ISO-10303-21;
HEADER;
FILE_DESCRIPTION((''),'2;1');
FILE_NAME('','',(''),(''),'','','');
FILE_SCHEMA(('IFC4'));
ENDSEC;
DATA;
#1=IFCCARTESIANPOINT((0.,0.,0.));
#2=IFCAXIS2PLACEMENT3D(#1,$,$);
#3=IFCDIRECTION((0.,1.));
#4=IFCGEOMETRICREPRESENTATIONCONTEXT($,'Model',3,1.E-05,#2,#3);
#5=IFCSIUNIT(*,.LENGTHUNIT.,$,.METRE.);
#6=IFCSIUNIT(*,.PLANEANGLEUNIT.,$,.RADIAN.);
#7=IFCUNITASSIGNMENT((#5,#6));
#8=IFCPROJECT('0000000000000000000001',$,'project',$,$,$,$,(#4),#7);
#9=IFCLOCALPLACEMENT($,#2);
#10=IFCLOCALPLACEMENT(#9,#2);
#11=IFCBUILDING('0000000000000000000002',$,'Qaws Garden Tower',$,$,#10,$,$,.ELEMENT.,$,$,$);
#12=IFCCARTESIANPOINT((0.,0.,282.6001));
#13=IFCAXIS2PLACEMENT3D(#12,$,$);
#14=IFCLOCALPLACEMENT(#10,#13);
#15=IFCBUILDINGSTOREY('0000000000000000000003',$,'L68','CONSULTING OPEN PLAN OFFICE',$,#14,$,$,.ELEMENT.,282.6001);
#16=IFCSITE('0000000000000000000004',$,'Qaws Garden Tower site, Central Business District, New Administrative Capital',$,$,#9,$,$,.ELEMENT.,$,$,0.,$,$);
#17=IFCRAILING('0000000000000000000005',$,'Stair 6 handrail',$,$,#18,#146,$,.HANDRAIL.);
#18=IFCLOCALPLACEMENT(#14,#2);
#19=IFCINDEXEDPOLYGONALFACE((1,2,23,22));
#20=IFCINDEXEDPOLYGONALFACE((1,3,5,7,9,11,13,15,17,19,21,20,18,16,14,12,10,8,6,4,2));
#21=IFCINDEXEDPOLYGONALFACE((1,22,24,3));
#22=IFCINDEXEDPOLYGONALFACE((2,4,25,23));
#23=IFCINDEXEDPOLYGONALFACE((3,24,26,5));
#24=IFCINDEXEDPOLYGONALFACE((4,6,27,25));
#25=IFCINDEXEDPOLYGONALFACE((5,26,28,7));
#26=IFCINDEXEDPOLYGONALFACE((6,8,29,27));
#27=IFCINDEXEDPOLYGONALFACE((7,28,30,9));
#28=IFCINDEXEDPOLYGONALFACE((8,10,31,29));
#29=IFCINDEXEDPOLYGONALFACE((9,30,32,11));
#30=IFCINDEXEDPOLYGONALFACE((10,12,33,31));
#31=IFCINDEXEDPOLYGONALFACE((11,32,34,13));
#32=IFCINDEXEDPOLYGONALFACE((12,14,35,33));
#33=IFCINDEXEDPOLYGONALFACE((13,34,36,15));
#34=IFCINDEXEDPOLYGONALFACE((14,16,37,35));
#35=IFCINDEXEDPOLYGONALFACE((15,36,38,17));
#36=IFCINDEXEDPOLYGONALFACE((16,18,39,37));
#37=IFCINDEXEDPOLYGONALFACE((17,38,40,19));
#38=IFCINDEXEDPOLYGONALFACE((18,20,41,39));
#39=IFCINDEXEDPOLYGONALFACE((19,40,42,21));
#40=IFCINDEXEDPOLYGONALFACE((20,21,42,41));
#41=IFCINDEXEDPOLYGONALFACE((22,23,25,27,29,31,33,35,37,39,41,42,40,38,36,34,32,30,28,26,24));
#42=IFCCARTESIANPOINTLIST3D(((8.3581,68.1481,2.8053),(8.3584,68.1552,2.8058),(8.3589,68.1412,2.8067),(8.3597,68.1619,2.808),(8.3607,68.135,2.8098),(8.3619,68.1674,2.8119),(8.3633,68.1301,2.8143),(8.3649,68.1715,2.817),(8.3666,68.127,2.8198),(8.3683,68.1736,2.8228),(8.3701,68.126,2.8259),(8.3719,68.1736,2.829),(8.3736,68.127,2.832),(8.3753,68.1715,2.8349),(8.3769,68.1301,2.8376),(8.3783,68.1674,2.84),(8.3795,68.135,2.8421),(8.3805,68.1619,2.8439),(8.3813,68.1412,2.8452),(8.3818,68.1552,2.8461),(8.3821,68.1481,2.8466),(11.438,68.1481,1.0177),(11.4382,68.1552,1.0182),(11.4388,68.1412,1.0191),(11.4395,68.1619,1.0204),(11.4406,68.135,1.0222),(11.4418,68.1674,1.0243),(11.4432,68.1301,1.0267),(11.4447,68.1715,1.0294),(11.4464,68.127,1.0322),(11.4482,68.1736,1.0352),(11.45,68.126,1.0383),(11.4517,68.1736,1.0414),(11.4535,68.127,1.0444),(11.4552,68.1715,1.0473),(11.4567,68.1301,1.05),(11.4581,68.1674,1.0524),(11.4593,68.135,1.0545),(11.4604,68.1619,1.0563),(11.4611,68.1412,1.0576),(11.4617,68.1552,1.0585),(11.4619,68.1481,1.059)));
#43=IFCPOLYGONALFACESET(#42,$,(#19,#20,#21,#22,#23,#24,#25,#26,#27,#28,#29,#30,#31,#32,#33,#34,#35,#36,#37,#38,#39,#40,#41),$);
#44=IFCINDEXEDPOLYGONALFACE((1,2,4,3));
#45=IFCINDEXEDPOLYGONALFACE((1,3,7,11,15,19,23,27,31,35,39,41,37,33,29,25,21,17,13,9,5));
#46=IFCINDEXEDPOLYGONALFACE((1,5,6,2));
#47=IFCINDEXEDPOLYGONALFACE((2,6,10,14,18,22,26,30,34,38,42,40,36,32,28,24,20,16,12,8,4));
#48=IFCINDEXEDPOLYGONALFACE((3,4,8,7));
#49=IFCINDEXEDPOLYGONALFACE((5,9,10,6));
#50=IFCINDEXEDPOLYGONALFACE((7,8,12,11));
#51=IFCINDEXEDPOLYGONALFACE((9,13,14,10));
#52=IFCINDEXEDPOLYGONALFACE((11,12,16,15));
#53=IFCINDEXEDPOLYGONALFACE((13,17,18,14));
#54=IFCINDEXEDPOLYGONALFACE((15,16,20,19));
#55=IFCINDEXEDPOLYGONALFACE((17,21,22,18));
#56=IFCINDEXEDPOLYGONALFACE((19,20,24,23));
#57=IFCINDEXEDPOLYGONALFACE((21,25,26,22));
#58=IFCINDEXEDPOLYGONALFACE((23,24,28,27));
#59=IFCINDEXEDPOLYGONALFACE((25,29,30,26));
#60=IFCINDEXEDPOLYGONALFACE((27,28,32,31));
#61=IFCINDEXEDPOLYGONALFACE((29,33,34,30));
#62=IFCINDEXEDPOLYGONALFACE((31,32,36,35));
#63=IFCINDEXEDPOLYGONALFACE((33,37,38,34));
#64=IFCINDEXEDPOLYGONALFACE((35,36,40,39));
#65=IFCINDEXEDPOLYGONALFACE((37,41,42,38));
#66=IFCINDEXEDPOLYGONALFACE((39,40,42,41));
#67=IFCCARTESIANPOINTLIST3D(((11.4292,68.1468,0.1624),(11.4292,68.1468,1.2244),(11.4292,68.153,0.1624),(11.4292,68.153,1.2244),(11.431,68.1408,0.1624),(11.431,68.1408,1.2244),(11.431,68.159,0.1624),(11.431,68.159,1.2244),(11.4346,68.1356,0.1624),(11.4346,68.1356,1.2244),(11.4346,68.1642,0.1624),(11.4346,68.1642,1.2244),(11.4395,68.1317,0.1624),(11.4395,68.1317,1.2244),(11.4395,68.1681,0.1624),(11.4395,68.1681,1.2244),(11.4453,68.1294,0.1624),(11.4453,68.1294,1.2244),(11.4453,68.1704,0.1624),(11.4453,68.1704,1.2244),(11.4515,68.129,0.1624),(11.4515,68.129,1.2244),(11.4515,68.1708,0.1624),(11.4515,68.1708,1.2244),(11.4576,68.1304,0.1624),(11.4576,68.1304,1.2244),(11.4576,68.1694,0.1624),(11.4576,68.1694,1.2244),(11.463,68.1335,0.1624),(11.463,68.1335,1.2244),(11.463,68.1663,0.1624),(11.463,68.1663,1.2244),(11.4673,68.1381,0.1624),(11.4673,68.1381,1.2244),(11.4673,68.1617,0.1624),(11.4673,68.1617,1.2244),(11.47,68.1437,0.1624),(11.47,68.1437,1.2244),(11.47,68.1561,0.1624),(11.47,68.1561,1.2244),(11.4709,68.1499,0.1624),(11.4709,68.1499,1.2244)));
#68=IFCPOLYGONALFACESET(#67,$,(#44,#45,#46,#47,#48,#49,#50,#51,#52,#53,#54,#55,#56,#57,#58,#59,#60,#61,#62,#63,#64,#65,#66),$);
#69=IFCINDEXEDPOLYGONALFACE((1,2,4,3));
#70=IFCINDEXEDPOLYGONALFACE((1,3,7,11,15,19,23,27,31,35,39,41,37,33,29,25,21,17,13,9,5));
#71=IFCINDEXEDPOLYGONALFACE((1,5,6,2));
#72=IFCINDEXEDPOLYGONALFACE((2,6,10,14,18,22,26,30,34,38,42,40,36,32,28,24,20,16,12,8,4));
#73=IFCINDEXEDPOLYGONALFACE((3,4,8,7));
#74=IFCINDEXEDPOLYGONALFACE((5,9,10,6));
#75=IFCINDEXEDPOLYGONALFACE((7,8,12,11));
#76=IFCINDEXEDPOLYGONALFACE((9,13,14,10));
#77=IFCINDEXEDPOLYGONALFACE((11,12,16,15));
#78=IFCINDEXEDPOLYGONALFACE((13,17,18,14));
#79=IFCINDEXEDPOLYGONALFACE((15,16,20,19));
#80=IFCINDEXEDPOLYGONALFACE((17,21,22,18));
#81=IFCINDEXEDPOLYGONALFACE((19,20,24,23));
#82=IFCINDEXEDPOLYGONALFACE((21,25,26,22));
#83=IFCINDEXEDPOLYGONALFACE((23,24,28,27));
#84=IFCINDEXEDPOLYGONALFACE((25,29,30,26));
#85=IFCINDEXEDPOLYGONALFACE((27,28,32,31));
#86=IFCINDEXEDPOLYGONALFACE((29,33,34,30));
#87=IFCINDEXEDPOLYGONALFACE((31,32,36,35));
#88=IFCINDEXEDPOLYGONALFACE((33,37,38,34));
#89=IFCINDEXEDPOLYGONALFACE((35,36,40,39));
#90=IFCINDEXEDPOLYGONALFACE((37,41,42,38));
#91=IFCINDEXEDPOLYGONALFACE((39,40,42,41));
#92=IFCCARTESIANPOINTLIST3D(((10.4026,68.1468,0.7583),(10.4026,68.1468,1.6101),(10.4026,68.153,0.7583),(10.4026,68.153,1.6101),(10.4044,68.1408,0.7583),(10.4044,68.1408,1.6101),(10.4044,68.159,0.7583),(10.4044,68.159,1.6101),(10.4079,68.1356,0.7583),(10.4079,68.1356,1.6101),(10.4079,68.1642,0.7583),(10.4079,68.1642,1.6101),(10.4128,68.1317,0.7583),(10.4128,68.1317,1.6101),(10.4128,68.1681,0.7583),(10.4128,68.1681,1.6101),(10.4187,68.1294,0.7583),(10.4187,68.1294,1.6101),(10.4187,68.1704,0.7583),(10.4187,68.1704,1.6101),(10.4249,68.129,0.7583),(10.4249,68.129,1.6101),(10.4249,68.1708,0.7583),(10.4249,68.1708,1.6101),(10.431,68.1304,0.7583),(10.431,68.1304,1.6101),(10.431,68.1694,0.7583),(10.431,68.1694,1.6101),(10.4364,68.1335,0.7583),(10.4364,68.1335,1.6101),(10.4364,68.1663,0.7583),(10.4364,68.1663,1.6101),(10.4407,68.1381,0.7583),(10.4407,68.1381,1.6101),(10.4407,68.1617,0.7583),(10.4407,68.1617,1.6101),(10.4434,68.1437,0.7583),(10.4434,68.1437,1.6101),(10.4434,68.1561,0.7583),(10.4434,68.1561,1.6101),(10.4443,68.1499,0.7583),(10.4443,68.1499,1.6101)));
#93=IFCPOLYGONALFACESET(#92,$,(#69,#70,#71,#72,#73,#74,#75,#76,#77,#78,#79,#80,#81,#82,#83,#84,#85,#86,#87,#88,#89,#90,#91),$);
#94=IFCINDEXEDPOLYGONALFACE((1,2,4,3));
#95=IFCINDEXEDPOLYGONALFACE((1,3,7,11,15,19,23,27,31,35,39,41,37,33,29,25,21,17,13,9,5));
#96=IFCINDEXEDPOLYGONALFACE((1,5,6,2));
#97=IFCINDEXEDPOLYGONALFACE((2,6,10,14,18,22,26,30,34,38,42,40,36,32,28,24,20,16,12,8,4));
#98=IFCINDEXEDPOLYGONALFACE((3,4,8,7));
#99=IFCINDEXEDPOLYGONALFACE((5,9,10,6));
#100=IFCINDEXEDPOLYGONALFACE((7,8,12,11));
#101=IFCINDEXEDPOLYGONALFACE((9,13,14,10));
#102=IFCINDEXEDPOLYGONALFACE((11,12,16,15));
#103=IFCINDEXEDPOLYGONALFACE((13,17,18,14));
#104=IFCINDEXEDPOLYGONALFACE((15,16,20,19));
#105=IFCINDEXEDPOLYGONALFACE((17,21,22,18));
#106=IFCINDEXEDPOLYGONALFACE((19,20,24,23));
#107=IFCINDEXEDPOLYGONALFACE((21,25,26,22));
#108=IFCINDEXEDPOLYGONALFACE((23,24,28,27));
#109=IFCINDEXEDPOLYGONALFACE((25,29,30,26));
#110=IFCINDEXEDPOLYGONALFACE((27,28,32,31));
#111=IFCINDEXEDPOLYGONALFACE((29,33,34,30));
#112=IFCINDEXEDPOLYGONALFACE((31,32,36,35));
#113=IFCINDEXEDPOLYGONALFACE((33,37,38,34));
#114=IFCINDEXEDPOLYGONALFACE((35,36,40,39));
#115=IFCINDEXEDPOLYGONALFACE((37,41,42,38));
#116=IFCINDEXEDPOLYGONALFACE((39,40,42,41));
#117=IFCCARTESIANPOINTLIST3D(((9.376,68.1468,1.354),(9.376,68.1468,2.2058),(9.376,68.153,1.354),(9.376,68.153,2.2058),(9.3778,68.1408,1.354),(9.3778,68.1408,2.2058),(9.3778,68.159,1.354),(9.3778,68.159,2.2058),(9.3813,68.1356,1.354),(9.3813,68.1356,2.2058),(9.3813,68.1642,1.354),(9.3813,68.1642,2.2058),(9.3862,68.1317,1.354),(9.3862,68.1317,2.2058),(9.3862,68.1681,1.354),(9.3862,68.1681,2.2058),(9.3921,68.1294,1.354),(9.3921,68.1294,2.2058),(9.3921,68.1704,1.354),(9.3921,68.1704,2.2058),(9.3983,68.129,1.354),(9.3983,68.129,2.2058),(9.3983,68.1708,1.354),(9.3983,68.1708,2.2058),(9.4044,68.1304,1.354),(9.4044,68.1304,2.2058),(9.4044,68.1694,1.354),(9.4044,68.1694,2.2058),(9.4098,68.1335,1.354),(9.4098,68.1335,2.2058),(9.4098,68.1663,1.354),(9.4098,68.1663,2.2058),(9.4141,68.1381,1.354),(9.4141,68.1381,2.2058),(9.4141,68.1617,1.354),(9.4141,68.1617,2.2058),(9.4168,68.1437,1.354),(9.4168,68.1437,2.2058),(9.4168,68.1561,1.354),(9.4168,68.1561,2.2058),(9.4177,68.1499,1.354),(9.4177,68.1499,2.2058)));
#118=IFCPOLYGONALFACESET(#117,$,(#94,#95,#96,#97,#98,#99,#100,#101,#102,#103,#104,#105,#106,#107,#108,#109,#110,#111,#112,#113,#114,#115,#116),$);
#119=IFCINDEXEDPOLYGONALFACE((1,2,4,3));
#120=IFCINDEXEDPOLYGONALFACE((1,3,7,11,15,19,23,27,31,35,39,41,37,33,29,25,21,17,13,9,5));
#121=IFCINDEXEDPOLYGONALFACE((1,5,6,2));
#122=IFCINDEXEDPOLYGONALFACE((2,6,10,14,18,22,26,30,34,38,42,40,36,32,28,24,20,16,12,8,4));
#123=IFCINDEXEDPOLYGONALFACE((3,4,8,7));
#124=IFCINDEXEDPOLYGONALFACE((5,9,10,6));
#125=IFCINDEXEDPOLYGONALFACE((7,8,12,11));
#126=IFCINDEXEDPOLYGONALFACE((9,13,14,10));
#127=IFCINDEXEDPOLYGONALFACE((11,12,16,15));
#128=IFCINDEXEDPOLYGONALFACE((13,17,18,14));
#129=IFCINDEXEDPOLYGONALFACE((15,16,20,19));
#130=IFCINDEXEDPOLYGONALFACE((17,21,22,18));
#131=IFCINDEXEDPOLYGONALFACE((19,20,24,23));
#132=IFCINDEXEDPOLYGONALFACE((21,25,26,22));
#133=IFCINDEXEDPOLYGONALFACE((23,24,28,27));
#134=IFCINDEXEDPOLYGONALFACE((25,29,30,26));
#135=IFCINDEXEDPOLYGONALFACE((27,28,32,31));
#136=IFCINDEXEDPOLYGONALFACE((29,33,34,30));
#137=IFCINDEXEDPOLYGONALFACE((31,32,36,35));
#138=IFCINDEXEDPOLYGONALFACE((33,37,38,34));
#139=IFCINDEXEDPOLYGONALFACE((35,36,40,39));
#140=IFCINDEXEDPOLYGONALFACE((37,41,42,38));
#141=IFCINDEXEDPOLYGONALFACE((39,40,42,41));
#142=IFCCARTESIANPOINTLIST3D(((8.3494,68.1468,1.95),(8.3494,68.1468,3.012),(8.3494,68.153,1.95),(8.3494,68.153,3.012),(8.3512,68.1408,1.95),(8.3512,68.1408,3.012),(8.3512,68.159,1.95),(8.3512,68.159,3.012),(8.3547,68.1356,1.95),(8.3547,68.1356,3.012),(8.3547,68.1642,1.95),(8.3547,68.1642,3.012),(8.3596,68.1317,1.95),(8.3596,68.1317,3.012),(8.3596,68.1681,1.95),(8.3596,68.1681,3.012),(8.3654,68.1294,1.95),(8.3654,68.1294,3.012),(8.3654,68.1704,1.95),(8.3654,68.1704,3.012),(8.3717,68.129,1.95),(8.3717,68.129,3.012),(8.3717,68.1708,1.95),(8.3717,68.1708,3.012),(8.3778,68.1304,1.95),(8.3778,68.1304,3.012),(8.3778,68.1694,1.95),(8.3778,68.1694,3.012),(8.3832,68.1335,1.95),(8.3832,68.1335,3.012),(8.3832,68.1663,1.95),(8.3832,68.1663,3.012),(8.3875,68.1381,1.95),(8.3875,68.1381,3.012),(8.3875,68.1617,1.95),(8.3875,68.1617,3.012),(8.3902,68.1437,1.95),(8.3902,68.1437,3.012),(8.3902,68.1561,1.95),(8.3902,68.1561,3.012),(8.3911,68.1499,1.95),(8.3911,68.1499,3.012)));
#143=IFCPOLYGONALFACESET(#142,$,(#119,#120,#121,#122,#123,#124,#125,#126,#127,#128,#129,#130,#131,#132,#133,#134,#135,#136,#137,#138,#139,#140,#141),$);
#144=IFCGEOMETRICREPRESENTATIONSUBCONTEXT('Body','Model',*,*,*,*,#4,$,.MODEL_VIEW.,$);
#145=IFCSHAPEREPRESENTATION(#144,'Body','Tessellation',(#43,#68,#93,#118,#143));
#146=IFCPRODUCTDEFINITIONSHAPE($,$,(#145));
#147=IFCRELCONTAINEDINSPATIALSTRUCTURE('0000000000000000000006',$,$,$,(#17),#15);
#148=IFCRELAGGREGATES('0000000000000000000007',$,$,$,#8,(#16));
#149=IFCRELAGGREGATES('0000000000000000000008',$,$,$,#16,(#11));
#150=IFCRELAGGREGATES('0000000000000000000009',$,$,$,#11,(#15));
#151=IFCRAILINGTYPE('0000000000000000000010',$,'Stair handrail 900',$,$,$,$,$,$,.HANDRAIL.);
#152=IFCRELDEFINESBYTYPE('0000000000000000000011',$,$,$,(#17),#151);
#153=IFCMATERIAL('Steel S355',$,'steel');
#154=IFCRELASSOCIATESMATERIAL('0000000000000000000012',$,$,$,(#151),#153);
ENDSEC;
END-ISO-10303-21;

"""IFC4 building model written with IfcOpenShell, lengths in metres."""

from ifc_helpers import new_model, si_unit, direction, frame, origin, origin_2d, place, context, subcontext, project, spatial, circle, extrude, material, type_object, element, save


model = new_model("IFC4")

# Units and contexts
model_context = context("Model", 3, precision=1e-05, world=origin(), true_north=direction((0.0, 1.0)))
body_context = subcontext(model_context, "Body", "Model", "MODEL_VIEW")
ifc_project = project(units=[si_unit("LENGTHUNIT", "METRE"), si_unit("PLANEANGLEUNIT", "RADIAN")], contexts=[model_context])

# Site, building, storey
site_placement = place(None, origin())
site = spatial("IfcSite", under=ifc_project, at=site_placement, Name="Qaws Garden Tower site, Central Business District, New Administrative Capital", CompositionType="ELEMENT", RefElevation=0.0)
building_placement = place(site_placement, origin())
building = spatial("IfcBuilding", under=site, at=building_placement, Name="Qaws Garden Tower", CompositionType="ELEMENT")
storey_placement = place(building_placement, frame((0.0, 0.0, 282.6001)))
storey = spatial("IfcBuildingStorey", under=building, at=storey_placement, Name="L68", Description="CONSULTING OPEN PLAN OFFICE", CompositionType="ELEMENT", Elevation=282.6001)

# Railing
ifc_material_1 = material(Name="Steel S355", Category="steel")
railing_type = type_object("IfcRailingType", Name="Stair handrail 900", PredefinedType="HANDRAIL", material=ifc_material_1)
railing_1_placement = place(storey_placement, frame((11.45, 68.1499, 0.1624)))
element("IfcRailing", 1, at=railing_1_placement, inside=storey, type_object=railing_type, Name="Stair 6 handrail", PredefinedType="HANDRAIL", context=body_context, shape_type="SweptSolid", body=[
    extrude(circle(Radius=0.0239, at=origin_2d()), frame((0.0, 0.0, 0.876), z_axis=(-0.864873, 0.0, 0.50199), x_axis=(0.0, -1.0, 0.0)), (0.0, 0.0, 1.0), 3.561),
    extrude(circle(Radius=0.021, at=origin_2d()), origin(), (0.0, 0.0, 1.0), 1.062),
    extrude(circle(Radius=0.021, at=origin_2d()), frame((-1.0266, 0.0, 0.5959)), (0.0, 0.0, 1.0), 0.8518),
    extrude(circle(Radius=0.021, at=origin_2d()), frame((-2.0532, 0.0, 1.1917)), (0.0, 0.0, 1.0), 0.8518),
    extrude(circle(Radius=0.021, at=origin_2d()), frame((-3.0798, 0.0, 1.7876)), (0.0, 0.0, 1.0), 1.062),
])

save(model, "model.ifc")
